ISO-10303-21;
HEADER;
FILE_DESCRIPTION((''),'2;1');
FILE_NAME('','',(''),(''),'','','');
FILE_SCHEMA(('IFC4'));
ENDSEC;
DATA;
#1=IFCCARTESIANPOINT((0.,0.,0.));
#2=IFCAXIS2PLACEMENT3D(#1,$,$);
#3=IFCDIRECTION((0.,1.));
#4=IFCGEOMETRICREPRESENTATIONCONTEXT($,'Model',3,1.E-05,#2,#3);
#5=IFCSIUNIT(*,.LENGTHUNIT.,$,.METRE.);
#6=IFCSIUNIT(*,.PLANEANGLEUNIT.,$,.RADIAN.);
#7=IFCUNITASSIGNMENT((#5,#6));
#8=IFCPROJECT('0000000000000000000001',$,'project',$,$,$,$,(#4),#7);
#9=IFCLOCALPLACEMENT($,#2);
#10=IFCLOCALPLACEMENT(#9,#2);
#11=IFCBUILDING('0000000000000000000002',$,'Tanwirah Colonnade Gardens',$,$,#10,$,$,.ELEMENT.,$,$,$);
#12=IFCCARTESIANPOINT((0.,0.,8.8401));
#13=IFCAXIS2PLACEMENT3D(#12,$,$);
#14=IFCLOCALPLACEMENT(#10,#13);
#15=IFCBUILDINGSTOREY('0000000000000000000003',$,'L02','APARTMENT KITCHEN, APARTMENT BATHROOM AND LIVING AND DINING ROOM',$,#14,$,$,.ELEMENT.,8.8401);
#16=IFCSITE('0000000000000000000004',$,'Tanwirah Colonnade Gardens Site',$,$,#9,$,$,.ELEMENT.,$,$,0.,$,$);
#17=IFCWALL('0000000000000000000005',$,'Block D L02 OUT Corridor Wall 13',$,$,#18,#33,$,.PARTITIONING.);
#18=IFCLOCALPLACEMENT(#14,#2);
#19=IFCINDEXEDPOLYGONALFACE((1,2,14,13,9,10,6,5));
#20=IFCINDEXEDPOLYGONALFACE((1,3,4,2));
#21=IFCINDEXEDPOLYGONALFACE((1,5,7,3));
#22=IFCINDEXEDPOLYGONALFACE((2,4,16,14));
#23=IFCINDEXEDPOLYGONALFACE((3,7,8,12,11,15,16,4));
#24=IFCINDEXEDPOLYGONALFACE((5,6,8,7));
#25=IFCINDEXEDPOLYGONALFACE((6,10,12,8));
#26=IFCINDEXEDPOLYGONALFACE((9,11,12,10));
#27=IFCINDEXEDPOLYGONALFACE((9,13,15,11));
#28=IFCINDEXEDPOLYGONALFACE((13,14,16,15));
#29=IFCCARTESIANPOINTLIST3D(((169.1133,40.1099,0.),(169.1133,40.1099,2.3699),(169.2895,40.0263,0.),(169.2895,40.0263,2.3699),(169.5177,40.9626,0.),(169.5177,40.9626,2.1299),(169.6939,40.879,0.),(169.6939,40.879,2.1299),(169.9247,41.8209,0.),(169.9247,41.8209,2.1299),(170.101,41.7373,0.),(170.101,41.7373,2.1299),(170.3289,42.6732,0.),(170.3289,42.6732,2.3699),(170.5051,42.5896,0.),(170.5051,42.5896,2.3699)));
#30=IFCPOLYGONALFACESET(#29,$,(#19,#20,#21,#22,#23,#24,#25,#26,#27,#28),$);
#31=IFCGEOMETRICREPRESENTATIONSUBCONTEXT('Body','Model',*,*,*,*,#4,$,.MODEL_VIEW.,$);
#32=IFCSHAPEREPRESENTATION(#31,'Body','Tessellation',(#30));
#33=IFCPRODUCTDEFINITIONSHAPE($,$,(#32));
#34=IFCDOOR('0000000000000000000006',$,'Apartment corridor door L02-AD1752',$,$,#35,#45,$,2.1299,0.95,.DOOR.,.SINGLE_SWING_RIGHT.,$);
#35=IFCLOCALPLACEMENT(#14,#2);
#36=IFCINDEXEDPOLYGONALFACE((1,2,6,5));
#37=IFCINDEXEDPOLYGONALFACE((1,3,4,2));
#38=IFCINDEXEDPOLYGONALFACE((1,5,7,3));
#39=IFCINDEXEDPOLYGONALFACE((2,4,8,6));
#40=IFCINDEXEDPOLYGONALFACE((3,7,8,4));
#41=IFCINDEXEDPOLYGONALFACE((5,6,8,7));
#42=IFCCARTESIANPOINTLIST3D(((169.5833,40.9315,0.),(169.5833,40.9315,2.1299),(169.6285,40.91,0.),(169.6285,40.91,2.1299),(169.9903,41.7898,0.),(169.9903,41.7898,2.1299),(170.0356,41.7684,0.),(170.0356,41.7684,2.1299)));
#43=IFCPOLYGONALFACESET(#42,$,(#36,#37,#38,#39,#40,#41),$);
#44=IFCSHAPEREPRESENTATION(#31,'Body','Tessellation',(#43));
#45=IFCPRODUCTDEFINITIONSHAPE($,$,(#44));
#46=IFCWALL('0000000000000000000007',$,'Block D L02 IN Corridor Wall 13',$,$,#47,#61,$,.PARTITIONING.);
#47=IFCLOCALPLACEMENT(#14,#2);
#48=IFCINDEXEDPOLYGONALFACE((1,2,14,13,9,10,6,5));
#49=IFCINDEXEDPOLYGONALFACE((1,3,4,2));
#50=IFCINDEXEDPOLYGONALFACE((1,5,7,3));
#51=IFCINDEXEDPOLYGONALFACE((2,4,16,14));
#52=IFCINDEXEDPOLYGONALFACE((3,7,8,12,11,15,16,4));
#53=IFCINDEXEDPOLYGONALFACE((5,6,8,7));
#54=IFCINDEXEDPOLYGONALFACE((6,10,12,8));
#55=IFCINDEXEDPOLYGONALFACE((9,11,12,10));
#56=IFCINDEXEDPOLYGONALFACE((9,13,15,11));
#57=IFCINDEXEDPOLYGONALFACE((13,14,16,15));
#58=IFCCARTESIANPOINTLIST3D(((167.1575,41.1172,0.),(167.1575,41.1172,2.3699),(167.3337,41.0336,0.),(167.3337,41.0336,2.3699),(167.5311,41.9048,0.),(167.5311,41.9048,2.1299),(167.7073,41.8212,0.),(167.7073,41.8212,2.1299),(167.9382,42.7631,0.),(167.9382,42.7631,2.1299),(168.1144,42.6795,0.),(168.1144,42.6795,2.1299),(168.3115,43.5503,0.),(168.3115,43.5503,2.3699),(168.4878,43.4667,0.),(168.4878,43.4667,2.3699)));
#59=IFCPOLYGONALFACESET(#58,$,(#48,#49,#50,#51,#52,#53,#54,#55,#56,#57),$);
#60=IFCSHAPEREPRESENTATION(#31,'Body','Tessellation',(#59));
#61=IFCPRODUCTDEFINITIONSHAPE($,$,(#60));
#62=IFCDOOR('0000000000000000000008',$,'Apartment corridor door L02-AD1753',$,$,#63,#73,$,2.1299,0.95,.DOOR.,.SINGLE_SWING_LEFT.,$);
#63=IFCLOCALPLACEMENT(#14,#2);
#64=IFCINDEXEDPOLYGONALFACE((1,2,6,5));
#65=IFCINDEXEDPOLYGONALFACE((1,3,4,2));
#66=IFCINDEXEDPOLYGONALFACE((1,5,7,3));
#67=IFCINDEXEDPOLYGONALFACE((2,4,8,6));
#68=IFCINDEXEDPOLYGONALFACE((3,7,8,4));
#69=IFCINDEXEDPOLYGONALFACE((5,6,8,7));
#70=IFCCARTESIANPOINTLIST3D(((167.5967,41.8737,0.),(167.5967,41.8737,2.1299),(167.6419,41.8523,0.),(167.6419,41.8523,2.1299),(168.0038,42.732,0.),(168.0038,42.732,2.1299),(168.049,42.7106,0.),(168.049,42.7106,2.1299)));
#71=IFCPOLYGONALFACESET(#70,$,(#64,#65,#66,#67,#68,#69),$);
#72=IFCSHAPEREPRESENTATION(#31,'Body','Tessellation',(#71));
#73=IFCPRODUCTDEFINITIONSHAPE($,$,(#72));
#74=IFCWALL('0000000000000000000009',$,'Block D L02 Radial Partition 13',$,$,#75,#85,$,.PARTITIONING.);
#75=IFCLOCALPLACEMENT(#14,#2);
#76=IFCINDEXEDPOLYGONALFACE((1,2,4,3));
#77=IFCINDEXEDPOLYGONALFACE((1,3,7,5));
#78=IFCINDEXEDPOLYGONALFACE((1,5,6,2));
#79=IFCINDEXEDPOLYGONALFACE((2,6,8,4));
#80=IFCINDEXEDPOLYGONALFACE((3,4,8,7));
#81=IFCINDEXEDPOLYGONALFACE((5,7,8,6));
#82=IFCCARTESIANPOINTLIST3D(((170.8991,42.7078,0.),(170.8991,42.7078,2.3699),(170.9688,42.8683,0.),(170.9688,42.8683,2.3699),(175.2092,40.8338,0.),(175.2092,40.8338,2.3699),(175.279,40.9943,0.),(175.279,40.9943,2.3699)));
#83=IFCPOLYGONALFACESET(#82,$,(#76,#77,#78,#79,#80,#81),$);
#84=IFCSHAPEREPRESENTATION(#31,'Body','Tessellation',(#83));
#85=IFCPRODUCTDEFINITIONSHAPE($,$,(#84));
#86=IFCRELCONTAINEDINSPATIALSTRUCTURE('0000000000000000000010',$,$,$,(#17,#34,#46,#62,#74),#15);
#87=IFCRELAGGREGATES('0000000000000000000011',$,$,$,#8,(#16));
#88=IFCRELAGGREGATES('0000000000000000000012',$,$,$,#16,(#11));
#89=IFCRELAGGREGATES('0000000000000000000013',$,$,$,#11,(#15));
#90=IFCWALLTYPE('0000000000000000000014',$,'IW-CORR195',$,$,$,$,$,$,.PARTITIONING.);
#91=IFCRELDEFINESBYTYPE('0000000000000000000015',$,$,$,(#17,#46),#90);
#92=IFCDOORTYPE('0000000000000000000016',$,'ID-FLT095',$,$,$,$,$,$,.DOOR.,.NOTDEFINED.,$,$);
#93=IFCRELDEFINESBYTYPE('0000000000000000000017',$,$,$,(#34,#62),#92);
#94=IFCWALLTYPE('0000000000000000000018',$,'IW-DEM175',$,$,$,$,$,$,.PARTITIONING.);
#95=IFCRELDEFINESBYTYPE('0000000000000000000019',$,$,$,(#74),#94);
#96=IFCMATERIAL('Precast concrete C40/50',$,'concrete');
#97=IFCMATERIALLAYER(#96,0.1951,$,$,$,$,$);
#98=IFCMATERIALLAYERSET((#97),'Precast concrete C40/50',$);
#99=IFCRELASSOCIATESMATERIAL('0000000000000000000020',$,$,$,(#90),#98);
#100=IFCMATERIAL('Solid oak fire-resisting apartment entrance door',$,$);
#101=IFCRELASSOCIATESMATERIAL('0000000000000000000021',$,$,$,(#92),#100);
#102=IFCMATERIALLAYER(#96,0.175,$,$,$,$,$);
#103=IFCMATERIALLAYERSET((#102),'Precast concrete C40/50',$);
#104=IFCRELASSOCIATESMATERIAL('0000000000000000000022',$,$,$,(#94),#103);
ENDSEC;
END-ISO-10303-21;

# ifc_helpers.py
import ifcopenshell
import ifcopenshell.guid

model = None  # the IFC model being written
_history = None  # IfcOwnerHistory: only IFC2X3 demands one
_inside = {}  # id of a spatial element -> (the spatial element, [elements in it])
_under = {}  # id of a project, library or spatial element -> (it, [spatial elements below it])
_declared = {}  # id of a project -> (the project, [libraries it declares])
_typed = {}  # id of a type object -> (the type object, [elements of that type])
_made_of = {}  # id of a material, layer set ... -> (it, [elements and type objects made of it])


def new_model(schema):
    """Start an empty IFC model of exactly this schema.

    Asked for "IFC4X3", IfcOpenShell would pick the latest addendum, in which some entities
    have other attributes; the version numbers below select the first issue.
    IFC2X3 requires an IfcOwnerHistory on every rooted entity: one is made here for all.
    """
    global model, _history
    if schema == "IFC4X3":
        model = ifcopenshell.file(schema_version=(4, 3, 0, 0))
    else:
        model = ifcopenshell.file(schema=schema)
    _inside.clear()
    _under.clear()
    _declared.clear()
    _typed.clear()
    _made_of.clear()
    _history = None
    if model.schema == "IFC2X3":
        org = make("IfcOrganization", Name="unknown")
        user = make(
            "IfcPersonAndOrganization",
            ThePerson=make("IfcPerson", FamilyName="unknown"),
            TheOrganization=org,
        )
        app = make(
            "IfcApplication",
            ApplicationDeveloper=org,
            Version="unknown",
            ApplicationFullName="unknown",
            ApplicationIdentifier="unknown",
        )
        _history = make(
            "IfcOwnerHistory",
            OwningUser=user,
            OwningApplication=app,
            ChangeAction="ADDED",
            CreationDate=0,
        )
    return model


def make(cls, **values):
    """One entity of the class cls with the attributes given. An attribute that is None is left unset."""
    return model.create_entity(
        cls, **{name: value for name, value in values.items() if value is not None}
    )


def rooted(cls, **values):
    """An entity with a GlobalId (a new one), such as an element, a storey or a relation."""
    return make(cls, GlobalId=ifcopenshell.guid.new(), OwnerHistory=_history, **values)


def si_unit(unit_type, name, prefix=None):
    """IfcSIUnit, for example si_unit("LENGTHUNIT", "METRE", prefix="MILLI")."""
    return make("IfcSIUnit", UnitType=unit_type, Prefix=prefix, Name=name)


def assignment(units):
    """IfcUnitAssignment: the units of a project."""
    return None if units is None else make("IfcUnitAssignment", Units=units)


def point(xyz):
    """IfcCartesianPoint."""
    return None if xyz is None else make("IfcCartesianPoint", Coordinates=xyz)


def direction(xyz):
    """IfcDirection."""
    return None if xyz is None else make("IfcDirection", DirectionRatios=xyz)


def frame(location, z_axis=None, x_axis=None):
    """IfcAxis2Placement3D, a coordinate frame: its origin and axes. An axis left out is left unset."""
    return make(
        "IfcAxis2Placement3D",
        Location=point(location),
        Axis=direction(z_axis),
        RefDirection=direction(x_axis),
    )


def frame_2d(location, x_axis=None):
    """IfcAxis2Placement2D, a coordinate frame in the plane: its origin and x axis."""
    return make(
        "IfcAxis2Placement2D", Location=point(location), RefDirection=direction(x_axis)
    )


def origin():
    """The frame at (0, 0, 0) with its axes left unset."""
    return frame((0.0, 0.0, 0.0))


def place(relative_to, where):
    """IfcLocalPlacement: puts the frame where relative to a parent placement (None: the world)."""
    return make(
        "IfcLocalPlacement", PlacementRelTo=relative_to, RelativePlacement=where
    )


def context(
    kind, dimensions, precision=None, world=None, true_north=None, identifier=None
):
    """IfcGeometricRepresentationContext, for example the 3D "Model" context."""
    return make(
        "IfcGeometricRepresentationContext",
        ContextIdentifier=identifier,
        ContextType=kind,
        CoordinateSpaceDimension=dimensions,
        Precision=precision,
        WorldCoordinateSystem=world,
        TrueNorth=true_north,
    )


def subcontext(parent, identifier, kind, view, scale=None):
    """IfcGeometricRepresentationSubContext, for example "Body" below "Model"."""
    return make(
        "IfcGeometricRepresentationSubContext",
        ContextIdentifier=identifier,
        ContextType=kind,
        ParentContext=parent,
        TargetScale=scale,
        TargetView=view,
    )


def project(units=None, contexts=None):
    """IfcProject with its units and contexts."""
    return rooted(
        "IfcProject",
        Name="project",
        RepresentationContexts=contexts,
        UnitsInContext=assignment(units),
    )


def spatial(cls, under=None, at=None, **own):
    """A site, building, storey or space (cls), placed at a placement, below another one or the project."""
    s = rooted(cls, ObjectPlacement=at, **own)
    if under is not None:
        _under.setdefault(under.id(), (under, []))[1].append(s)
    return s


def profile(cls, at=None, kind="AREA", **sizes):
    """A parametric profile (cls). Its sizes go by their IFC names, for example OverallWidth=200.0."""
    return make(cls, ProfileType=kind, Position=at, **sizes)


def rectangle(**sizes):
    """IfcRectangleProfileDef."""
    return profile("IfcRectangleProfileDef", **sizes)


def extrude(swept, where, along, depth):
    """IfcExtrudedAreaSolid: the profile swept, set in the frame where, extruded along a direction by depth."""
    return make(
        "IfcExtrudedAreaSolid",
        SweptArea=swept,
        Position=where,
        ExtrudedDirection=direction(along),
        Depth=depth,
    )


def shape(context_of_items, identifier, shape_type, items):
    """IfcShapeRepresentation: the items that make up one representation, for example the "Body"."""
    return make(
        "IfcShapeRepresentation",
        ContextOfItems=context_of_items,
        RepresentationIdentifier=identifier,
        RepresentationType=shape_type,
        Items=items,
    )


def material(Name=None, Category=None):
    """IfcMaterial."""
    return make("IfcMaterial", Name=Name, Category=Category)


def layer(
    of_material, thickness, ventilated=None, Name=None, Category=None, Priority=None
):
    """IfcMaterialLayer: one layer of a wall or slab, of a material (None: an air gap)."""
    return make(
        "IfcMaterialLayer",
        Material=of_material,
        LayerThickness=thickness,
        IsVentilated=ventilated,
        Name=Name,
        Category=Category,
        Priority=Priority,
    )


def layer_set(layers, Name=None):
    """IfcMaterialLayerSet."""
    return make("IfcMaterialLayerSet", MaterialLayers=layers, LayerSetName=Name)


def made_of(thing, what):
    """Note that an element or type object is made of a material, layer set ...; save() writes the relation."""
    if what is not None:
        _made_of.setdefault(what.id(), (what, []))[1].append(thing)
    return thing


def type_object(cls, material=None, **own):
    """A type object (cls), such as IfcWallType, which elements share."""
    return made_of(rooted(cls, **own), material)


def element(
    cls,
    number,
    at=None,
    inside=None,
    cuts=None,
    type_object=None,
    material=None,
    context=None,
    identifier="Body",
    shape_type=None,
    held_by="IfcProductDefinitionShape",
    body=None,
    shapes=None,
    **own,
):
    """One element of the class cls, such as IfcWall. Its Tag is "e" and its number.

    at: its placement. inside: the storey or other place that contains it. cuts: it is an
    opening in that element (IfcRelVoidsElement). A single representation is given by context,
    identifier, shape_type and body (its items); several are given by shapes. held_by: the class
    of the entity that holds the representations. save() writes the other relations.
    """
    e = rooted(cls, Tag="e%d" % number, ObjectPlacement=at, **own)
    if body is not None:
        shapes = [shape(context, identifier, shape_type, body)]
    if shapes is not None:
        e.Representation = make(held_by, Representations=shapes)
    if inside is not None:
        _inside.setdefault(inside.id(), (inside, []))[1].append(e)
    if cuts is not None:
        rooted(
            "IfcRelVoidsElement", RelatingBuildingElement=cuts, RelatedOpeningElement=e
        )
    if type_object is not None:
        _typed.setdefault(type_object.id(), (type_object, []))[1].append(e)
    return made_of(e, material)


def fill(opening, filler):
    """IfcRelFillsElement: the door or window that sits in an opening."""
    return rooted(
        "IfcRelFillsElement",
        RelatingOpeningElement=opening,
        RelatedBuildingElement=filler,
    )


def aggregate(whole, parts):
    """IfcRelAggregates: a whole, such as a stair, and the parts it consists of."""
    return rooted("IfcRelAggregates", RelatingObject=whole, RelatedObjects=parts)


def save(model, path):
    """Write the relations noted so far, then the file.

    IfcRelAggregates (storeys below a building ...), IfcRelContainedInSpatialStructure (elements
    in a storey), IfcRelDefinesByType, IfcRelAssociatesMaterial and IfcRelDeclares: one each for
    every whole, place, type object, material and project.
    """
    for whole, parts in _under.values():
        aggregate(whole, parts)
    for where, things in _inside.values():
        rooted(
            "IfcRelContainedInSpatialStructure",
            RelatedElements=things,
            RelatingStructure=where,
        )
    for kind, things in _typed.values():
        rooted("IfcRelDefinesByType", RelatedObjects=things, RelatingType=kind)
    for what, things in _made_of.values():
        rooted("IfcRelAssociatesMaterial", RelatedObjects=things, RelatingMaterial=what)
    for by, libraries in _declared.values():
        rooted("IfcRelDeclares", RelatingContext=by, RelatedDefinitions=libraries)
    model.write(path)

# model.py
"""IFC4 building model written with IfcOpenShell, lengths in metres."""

from ifc_helpers import new_model, si_unit, direction, frame, frame_2d, origin, place, context, subcontext, project, spatial, rectangle, extrude, material, layer, layer_set, type_object, element, fill, save


model = new_model("IFC4")

# Units and contexts
model_context = context("Model", 3, precision=1e-05, world=origin(), true_north=direction((0.0, 1.0)))
body_context = subcontext(model_context, "Body", "Model", "MODEL_VIEW")
ifc_project = project(units=[si_unit("LENGTHUNIT", "METRE"), si_unit("PLANEANGLEUNIT", "RADIAN")], contexts=[model_context])

# Site, building, storey
site_placement = place(None, origin())
site = spatial("IfcSite", under=ifc_project, at=site_placement, Name="Tanwirah Colonnade Gardens Site", CompositionType="ELEMENT", RefElevation=0.0)
building_placement = place(site_placement, origin())
building = spatial("IfcBuilding", under=site, at=building_placement, Name="Tanwirah Colonnade Gardens", CompositionType="ELEMENT")
storey_placement = place(building_placement, frame((0.0, 0.0, 8.8401)))
storey = spatial("IfcBuildingStorey", under=building, at=storey_placement, Name="L02", Description="APARTMENT KITCHEN, APARTMENT BATHROOM AND LIVING AND DINING ROOM", CompositionType="ELEMENT", Elevation=8.8401)

# Shared definitions
ifc_material_1 = material(Name="Precast concrete C40/50", Category="concrete")

# Walls, openings, doors
ifc_layer_1 = layer(ifc_material_1, 0.1951)
ifc_layer_set_1 = layer_set([ifc_layer_1], Name="Precast concrete C40/50")
wall_type_1 = type_object("IfcWallType", Name="IW-CORR195", PredefinedType="PARTITIONING", material=ifc_layer_set_1)
wall_1_placement = place(storey_placement, frame((169.2014, 40.0681, 0.0), z_axis=(0.0, 0.0, 1.0), x_axis=(0.428493, 0.903545, 0.0)))
wall_1 = element("IfcWall", 1, at=wall_1_placement, inside=storey, type_object=wall_type_1, Name="Block D L02 OUT Corridor Wall 13", PredefinedType="PARTITIONING", context=body_context, shape_type="SweptSolid", body=[
    extrude(rectangle(XDim=2.8369, YDim=0.1951, at=frame_2d((1.4185, 0.0))), origin(), (0.0, 0.0, 1.0), 2.3699),
])
opening_1_placement = place(wall_1_placement, frame((0.9436, 0.0, 0.0)))
opening_1 = element("IfcOpeningElement", 2, at=opening_1_placement, cuts=wall_1, PredefinedType="OPENING", context=body_context, shape_type="SweptSolid", body=[
    extrude(rectangle(XDim=0.95, YDim=2.1299, at=frame_2d((0.4751, 1.0649))), frame((0.0, 0.1074, 0.0), z_axis=(0.0, -1.0, 0.0), x_axis=(1.0, 0.0, 0.0)), (0.0, 0.0, 1.0), 0.2151),
])
ifc_material_2 = material(Name="Solid oak fire-resisting apartment entrance door")
door_type_1 = type_object("IfcDoorType", Name="ID-FLT095", OperationType="NOTDEFINED", PredefinedType="DOOR", material=ifc_material_2)
door_1_placement = place(opening_1_placement, origin())
door_1 = element("IfcDoor", 3, at=door_1_placement, inside=storey, type_object=door_type_1, Name="Apartment corridor door L02-AD1752", OperationType="SINGLE_SWING_RIGHT", OverallHeight=2.1299, OverallWidth=0.95, PredefinedType="DOOR", context=body_context, shape_type="SweptSolid", body=[
    extrude(rectangle(XDim=0.95, YDim=2.1299, at=frame_2d((0.4751, 1.0649))), frame((0.0, 0.0249, 0.0), z_axis=(0.0, -1.0, 0.0), x_axis=(1.0, 0.0, 0.0)), (0.0, 0.0, 1.0), 0.05),
])
fill(opening_1, door_1)
wall_2_placement = place(storey_placement, frame((167.2456, 41.0754, 0.0), z_axis=(0.0, 0.0, 1.0), x_axis=(0.42855, 0.903518, 0.0)))
wall_2 = element("IfcWall", 4, at=wall_2_placement, inside=storey, type_object=wall_type_1, Name="Block D L02 IN Corridor Wall 13", PredefinedType="PARTITIONING", context=body_context, shape_type="SweptSolid", body=[
    extrude(rectangle(XDim=2.6929, YDim=0.1951, at=frame_2d((1.3464, 0.0))), origin(), (0.0, 0.0, 1.0), 2.3699),
])
opening_2_placement = place(wall_2_placement, frame((0.8716, 0.0, 0.0)))
opening_2 = element("IfcOpeningElement", 5, at=opening_2_placement, cuts=wall_2, PredefinedType="OPENING", context=body_context, shape_type="SweptSolid", body=[
    extrude(rectangle(XDim=0.95, YDim=2.1299, at=frame_2d((0.4751, 1.0649))), frame((0.0, 0.1074, 0.0), z_axis=(0.0, -1.0, 0.0), x_axis=(1.0, 0.0, 0.0)), (0.0, 0.0, 1.0), 0.2151),
])
door_2_placement = place(opening_2_placement, origin())
door_2 = element("IfcDoor", 6, at=door_2_placement, inside=storey, type_object=door_type_1, Name="Apartment corridor door L02-AD1753", OperationType="SINGLE_SWING_LEFT", OverallHeight=2.1299, OverallWidth=0.95, PredefinedType="DOOR", context=body_context, shape_type="SweptSolid", body=[
    extrude(rectangle(XDim=0.95, YDim=2.1299, at=frame_2d((0.4751, 1.0649))), frame((0.0, 0.0249, 0.0), z_axis=(0.0, -1.0, 0.0), x_axis=(1.0, 0.0, 0.0)), (0.0, 0.0, 1.0), 0.05),
])
fill(opening_2, door_2)

# Wall
ifc_layer_2 = layer(ifc_material_1, 0.175)
ifc_layer_set_2 = layer_set([ifc_layer_2], Name="Precast concrete C40/50")
wall_type_2 = type_object("IfcWallType", Name="IW-DEM175", PredefinedType="PARTITIONING", material=ifc_layer_set_2)
wall_3_placement = place(storey_placement, frame((170.9338, 42.7881, 0.0), z_axis=(0.0, 0.0, 1.0), x_axis=(0.917072, -0.398722, 0.0)))
element("IfcWall", 7, at=wall_3_placement, inside=storey, type_object=wall_type_2, Name="Block D L02 Radial Partition 13", PredefinedType="PARTITIONING", context=body_context, shape_type="SweptSolid", body=[
    extrude(rectangle(XDim=4.7, YDim=0.175, at=frame_2d((2.3501, 0.0))), origin(), (0.0, 0.0, 1.0), 2.3699),
])

save(model, "model.ifc")
